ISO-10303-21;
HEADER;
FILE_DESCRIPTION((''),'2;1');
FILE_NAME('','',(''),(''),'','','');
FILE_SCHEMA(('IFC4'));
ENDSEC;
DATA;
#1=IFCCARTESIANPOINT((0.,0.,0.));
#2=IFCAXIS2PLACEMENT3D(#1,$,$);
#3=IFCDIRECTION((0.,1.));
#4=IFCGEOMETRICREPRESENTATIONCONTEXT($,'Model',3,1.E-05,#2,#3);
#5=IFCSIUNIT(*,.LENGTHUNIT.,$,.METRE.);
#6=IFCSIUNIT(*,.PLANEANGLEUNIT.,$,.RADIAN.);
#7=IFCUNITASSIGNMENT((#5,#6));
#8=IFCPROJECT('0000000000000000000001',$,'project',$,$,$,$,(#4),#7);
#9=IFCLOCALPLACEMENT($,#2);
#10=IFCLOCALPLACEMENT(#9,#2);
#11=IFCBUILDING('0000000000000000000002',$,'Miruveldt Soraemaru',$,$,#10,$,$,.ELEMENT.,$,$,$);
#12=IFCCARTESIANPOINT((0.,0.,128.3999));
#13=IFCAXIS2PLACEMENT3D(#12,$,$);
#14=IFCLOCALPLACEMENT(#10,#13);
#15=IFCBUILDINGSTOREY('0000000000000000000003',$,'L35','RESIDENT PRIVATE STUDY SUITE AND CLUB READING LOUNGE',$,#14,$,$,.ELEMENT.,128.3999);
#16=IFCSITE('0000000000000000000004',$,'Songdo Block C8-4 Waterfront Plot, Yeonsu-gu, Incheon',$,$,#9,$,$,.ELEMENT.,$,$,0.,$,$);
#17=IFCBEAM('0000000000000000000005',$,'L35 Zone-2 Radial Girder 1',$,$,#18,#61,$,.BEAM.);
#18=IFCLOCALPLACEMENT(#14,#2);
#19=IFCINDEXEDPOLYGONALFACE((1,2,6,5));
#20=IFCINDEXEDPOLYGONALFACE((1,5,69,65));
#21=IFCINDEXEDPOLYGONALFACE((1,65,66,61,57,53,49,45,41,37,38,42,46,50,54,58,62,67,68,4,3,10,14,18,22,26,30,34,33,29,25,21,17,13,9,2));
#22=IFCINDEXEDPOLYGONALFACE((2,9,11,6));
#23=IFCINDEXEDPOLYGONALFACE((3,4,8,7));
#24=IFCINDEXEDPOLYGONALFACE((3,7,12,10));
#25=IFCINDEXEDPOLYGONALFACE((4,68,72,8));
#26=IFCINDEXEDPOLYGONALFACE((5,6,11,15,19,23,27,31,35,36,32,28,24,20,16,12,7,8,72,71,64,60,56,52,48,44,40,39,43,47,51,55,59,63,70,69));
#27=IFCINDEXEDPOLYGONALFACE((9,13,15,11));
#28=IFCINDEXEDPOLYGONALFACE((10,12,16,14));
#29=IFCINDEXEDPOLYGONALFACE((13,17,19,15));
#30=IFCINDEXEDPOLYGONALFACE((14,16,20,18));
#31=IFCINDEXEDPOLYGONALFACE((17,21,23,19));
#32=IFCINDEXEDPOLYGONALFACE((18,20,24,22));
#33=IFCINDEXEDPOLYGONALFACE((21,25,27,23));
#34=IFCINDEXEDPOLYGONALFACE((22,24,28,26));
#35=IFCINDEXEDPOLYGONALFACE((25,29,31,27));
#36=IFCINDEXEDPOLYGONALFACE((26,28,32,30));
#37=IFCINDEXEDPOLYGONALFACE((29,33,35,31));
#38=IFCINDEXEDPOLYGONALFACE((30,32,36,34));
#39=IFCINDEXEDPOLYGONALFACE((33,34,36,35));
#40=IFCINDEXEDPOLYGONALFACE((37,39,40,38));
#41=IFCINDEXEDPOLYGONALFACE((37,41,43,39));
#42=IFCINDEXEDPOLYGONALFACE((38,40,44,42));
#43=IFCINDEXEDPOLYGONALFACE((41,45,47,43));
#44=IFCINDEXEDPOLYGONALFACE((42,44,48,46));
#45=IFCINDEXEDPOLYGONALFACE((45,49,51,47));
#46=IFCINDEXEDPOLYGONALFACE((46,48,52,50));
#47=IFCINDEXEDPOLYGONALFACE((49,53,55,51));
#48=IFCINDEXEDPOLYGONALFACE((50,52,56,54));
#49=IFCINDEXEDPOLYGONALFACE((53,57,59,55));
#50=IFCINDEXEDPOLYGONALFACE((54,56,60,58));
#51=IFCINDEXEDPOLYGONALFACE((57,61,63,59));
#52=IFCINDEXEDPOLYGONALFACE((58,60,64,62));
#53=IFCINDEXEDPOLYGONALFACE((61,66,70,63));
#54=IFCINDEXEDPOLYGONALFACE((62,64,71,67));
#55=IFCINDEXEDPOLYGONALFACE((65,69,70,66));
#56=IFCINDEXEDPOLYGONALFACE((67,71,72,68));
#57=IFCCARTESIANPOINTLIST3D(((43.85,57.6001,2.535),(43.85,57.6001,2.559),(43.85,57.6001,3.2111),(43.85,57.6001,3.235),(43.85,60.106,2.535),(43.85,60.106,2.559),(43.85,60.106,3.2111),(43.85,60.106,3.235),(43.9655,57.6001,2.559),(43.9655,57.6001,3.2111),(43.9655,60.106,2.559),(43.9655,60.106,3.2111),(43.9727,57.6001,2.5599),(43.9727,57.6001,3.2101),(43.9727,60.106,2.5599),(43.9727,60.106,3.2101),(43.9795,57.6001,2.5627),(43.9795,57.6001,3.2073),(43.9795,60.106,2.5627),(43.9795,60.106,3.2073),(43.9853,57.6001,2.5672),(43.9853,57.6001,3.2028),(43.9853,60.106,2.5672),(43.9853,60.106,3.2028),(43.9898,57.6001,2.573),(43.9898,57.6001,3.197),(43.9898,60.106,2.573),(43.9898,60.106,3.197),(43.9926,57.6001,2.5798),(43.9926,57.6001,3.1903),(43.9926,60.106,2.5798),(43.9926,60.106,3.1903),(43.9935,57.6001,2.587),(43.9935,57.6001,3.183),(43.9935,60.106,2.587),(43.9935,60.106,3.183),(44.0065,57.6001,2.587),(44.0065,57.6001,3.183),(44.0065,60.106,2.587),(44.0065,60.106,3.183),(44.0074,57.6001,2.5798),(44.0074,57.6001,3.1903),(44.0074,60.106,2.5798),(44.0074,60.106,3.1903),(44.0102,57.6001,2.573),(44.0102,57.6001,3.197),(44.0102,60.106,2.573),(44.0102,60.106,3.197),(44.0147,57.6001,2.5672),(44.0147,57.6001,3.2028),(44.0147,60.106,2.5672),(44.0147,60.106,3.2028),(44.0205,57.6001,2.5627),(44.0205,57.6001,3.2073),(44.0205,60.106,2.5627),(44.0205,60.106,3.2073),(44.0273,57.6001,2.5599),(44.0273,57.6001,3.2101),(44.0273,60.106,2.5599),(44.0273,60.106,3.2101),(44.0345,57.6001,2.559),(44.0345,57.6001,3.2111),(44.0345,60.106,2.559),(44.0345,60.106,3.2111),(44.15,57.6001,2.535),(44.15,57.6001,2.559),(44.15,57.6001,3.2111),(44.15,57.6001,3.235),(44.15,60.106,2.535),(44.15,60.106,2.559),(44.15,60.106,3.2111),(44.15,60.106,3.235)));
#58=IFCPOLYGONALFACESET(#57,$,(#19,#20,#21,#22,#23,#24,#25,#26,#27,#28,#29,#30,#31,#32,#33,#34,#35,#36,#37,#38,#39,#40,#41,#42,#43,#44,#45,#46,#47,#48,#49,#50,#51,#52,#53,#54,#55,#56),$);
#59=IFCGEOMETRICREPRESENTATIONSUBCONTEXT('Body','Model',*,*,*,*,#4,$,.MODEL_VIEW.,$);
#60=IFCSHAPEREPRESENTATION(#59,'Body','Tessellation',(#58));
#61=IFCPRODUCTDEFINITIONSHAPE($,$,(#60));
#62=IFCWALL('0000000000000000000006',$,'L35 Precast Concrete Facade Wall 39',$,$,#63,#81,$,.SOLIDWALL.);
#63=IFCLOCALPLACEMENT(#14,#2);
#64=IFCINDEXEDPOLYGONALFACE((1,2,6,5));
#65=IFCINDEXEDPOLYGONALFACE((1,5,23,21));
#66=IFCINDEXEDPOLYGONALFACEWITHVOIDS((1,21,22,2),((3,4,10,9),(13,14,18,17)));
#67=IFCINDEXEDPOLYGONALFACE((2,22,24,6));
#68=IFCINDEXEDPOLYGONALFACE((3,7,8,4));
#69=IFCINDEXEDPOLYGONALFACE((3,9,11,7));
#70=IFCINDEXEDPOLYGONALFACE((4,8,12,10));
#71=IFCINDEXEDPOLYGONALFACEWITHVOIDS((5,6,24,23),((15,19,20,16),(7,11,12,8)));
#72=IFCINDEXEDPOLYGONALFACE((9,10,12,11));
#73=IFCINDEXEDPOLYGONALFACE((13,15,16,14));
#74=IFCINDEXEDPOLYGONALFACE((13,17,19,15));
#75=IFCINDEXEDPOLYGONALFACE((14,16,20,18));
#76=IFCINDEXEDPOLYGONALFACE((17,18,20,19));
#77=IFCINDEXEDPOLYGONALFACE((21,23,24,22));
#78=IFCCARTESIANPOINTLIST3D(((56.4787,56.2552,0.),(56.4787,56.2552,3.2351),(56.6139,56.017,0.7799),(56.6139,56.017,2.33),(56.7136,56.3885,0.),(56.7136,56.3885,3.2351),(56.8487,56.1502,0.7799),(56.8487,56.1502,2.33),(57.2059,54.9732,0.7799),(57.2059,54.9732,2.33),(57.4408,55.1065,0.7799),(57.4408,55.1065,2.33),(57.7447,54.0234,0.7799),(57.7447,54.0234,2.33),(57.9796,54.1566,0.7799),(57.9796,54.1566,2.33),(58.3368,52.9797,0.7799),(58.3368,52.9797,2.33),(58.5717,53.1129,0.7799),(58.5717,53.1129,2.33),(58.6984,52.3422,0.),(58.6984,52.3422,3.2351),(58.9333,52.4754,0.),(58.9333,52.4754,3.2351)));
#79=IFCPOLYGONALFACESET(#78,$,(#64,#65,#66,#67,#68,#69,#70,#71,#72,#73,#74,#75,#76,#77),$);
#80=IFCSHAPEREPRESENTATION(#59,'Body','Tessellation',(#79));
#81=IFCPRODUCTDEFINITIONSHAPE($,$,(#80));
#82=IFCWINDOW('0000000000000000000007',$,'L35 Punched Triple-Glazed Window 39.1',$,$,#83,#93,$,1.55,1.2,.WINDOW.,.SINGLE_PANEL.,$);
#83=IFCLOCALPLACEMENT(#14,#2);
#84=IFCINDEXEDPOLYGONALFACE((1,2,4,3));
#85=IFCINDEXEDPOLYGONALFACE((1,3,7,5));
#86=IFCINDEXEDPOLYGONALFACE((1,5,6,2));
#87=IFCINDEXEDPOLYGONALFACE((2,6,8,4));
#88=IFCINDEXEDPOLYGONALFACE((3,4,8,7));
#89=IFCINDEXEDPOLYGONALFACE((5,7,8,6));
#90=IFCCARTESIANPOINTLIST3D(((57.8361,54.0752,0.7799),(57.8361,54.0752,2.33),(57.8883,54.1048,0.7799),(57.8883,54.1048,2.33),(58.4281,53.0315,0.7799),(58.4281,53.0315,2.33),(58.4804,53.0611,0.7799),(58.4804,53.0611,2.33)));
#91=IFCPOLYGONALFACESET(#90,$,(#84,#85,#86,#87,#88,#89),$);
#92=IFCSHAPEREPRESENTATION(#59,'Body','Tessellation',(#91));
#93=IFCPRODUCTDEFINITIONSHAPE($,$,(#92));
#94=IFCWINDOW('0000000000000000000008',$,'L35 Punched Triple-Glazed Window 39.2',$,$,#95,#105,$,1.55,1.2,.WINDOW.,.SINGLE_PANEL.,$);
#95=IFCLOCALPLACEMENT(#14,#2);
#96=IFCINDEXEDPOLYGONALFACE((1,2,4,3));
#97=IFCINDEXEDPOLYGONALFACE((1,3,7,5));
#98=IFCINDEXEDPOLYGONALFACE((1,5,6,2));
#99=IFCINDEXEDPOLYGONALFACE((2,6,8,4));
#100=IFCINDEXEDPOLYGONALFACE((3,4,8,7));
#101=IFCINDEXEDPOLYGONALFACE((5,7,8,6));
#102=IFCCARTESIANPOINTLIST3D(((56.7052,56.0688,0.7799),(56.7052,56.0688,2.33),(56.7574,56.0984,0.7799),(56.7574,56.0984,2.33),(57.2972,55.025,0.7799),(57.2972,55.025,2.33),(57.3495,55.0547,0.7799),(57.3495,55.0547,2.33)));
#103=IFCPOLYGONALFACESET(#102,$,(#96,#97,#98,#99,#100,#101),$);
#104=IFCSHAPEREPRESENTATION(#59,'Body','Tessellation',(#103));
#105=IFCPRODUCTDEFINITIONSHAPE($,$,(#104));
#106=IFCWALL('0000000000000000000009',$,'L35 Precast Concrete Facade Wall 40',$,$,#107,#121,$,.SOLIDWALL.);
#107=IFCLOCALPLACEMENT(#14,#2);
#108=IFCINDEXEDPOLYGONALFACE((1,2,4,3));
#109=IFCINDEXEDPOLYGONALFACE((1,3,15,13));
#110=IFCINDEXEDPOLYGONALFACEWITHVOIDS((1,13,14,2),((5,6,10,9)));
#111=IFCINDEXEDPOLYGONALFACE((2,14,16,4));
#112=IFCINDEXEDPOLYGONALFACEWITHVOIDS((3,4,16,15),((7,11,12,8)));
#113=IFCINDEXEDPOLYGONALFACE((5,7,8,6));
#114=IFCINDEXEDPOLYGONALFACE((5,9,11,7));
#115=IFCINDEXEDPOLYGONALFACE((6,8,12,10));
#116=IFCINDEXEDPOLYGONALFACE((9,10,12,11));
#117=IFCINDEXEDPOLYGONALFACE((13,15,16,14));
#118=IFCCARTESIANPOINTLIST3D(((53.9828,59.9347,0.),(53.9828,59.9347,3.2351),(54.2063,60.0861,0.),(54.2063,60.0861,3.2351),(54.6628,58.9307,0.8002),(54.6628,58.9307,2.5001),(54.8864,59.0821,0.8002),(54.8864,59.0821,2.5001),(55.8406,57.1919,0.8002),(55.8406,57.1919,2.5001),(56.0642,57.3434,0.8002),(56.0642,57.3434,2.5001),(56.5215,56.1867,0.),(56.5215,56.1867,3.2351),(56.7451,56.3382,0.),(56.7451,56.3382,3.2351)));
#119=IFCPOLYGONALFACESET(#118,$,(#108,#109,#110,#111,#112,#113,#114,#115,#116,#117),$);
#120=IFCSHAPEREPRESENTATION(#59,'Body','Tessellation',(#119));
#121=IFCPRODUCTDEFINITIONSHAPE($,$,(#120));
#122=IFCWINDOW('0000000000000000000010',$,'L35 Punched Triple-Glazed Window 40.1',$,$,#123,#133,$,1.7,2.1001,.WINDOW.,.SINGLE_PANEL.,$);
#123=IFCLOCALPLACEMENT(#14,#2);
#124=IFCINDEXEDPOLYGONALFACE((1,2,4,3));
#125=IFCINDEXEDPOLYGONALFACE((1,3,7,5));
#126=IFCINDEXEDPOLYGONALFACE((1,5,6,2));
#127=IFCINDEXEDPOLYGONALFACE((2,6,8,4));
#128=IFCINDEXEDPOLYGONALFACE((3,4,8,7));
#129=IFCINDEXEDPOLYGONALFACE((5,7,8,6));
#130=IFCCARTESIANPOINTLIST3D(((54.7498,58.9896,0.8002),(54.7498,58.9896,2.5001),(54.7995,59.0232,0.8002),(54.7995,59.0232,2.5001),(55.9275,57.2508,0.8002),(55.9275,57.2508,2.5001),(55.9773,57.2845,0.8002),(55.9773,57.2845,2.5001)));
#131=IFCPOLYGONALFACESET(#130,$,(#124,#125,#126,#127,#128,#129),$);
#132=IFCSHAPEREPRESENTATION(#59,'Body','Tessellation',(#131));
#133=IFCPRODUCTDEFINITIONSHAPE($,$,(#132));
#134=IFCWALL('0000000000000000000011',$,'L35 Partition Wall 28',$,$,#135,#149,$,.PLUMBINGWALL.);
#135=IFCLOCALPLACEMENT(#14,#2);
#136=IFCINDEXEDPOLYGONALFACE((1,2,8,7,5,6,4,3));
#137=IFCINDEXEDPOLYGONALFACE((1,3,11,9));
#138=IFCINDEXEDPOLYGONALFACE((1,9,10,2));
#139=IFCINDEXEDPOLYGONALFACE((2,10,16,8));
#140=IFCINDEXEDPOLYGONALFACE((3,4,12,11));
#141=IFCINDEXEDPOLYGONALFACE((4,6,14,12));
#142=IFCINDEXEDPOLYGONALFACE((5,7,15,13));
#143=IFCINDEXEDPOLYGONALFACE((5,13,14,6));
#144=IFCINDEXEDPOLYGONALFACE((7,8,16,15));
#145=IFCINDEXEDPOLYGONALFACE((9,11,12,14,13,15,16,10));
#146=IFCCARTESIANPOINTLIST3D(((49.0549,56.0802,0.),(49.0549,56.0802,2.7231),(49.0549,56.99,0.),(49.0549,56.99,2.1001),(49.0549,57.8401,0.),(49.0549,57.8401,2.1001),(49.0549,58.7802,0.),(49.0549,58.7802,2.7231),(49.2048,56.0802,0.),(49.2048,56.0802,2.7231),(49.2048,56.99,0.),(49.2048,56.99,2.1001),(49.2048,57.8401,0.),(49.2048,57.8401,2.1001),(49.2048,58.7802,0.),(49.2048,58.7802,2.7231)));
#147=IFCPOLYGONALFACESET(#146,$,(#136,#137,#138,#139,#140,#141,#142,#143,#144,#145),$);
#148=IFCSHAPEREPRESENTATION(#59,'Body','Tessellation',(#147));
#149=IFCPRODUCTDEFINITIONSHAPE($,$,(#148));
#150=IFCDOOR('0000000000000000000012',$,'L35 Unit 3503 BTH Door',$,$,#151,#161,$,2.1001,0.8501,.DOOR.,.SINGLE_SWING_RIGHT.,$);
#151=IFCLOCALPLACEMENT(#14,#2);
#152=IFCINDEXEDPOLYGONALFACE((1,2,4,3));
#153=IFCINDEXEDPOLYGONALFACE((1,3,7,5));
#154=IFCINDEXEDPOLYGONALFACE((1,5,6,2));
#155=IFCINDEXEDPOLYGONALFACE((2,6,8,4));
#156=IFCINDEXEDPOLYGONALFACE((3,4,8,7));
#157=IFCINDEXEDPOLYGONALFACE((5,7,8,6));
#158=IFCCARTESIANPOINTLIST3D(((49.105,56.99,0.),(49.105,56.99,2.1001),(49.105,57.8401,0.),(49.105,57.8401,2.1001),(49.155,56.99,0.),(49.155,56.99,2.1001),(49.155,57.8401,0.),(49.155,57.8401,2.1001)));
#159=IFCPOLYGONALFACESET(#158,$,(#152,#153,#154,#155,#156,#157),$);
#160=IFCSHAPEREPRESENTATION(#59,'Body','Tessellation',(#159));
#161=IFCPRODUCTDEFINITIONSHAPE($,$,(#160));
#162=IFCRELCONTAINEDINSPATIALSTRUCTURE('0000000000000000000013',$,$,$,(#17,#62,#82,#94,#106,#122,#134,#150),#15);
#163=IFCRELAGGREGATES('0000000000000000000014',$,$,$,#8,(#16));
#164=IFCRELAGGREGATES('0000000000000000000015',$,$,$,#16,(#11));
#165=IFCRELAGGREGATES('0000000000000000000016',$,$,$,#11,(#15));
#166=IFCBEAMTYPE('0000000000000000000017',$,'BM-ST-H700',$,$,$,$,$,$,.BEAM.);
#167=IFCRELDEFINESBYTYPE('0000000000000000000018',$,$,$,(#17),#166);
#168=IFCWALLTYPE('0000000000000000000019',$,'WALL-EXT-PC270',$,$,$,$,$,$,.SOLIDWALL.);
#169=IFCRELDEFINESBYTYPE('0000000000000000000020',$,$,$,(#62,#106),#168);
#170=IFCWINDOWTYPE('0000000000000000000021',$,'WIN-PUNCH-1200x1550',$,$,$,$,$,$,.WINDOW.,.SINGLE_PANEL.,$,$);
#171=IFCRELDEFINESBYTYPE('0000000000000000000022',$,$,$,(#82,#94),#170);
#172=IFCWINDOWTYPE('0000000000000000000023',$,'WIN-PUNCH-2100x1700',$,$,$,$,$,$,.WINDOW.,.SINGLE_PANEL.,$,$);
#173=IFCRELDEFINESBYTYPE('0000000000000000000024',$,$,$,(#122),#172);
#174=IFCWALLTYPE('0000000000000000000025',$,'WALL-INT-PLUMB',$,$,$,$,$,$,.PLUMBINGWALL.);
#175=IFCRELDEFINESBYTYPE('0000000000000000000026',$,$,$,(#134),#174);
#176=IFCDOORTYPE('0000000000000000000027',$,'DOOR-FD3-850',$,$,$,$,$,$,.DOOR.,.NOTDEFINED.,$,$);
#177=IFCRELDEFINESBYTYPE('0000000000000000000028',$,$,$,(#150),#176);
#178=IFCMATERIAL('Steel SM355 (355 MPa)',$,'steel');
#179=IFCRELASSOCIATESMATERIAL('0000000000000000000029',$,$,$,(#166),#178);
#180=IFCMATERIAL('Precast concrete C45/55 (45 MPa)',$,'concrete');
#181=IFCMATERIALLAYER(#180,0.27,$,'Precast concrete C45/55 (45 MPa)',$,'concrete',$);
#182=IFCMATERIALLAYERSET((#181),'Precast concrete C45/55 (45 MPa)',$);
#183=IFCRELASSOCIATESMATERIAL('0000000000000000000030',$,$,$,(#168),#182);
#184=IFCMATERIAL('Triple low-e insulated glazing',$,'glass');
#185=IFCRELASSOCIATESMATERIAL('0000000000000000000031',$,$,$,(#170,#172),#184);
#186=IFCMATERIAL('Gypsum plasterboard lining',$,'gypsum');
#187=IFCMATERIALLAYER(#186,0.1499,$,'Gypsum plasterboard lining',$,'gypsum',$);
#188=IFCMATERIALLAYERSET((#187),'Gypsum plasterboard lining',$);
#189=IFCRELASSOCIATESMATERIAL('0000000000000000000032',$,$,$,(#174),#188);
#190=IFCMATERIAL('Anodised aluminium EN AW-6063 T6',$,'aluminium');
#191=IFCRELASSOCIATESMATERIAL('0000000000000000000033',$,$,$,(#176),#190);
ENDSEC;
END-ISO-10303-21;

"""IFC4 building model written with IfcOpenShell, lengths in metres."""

from ifc_helpers import new_model, si_unit, direction, frame, frame_2d, origin, origin_2d, place, context, subcontext, project, spatial, rectangle, i_section, extrude, material, layer, layer_set, material_profile, profile_set, type_object, element, fill, save


model = new_model("IFC4")

# Units and contexts
model_context = context("Model", 3, precision=1e-05, world=origin(), true_north=direction((0.0, 1.0)))
body_context = subcontext(model_context, "Body", "Model", "MODEL_VIEW")
ifc_project = project(units=[si_unit("LENGTHUNIT", "METRE"), si_unit("PLANEANGLEUNIT", "RADIAN")], contexts=[model_context])

# Site, building, storey
site_placement = place(None, origin())
site = spatial("IfcSite", under=ifc_project, at=site_placement, Name="Songdo Block C8-4 Waterfront Plot, Yeonsu-gu, Incheon", CompositionType="ELEMENT", RefElevation=0.0)
building_placement = place(site_placement, origin())
building = spatial("IfcBuilding", under=site, at=building_placement, Name="Miruveldt Soraemaru", CompositionType="ELEMENT")
storey_placement = place(building_placement, frame((0.0, 0.0, 128.3999)))
storey = spatial("IfcBuildingStorey", under=building, at=storey_placement, Name="L35", Description="RESIDENT PRIVATE STUDY SUITE AND CLUB READING LOUNGE", CompositionType="ELEMENT", Elevation=128.3999)

# Beam
ifc_material_1 = material(Name="Steel SM355 (355 MPa)", Category="steel")
ifc_material_profile_1 = material_profile(ifc_material_1, i_section(OverallWidth=0.3, OverallDepth=0.7, WebThickness=0.0129, FlangeThickness=0.0239, FilletRadius=0.0281, at=origin_2d()), Name="Steel SM355 (355 MPa)", Category="steel")
ifc_profile_set_1 = profile_set([ifc_material_profile_1], Name="Steel SM355 (355 MPa)")
beam_type_1 = type_object("IfcBeamType", Name="BM-ST-H700", PredefinedType="BEAM", material=ifc_profile_set_1)
beam_1_placement = place(storey_placement, frame((44.0, 57.6001, 2.885), z_axis=(0.0, 1.0, 0.0), x_axis=(-1.0, 0.0, 0.0)))
element("IfcBeam", 1, at=beam_1_placement, inside=storey, type_object=beam_type_1, Name="L35 Zone-2 Radial Girder 1", PredefinedType="BEAM", context=body_context, shape_type="SweptSolid", body=[
    extrude(i_section(OverallWidth=0.3, OverallDepth=0.7, WebThickness=0.0129, FlangeThickness=0.0239, FilletRadius=0.0281, at=origin_2d()), origin(), (0.0, 0.0, 1.0), 2.5059),
])

# Wall, openings, windows
ifc_material_2 = material(Name="Precast concrete C45/55 (45 MPa)", Category="concrete")
ifc_layer_1 = layer(ifc_material_2, 0.27, Name="Precast concrete C45/55 (45 MPa)", Category="concrete")
ifc_layer_set_1 = layer_set([ifc_layer_1], Name="Precast concrete C45/55 (45 MPa)")
wall_type_1 = type_object("IfcWallType", Name="WALL-EXT-PC270", PredefinedType="SOLIDWALL", material=ifc_layer_set_1)
wall_1_placement = place(storey_placement, frame((58.8159, 52.4087, 0.0), z_axis=(0.0, 0.0, 1.0), x_axis=(-0.493401, 0.869802, 0.0)))
wall_1 = element("IfcWall", 2, at=wall_1_placement, inside=storey, type_object=wall_type_1, Name="L35 Precast Concrete Facade Wall 39", PredefinedType="SOLIDWALL", context=body_context, shape_type="SweptSolid", body=[
    extrude(rectangle(XDim=4.4988, YDim=0.27, at=frame_2d((2.2495, 0.0))), origin(), (0.0, 0.0, 1.0), 3.2351),
])
opening_1_placement = place(wall_1_placement, frame((0.7329, 0.0, 0.78)))
opening_1 = element("IfcOpeningElement", 3, at=opening_1_placement, cuts=wall_1, PredefinedType="OPENING", context=body_context, shape_type="SweptSolid", body=[
    extrude(rectangle(XDim=1.2, YDim=1.55, at=frame_2d((0.6001, 0.7749))), frame((0.0, 0.145, 0.0), z_axis=(0.0, -1.0, 0.0), x_axis=(1.0, 0.0, 0.0)), (0.0, 0.0, 1.0), 0.29),
])
opening_2_placement = place(wall_1_placement, frame((3.0249, 0.0, 0.78)))
opening_2 = element("IfcOpeningElement", 4, at=opening_2_placement, cuts=wall_1, PredefinedType="OPENING", context=body_context, shape_type="SweptSolid", body=[
    extrude(rectangle(XDim=1.2, YDim=1.55, at=frame_2d((0.6001, 0.7749))), frame((0.0, 0.145, 0.0), z_axis=(0.0, -1.0, 0.0), x_axis=(1.0, 0.0, 0.0)), (0.0, 0.0, 1.0), 0.29),
])
ifc_material_3 = material(Name="Triple low-e insulated glazing", Category="glass")
window_type_1 = type_object("IfcWindowType", Name="WIN-PUNCH-1200x1550", PartitioningType="SINGLE_PANEL", PredefinedType="WINDOW", material=ifc_material_3)
window_1_placement = place(opening_1_placement, origin())
window_1 = element("IfcWindow", 5, at=window_1_placement, inside=storey, type_object=window_type_1, Name="L35 Punched Triple-Glazed Window 39.1", OverallHeight=1.55, OverallWidth=1.2, PartitioningType="SINGLE_PANEL", PredefinedType="WINDOW", context=body_context, shape_type="SweptSolid", body=[
    extrude(rectangle(XDim=1.2, YDim=1.55, at=frame_2d((0.6001, 0.7749))), frame((0.0, 0.03, 0.0), z_axis=(0.0, -1.0, 0.0), x_axis=(1.0, 0.0, 0.0)), (0.0, 0.0, 1.0), 0.0601),
])
fill(opening_1, window_1)
window_2_placement = place(opening_2_placement, origin())
window_2 = element("IfcWindow", 6, at=window_2_placement, inside=storey, type_object=window_type_1, Name="L35 Punched Triple-Glazed Window 39.2", OverallHeight=1.55, OverallWidth=1.2, PartitioningType="SINGLE_PANEL", PredefinedType="WINDOW", context=body_context, shape_type="SweptSolid", body=[
    extrude(rectangle(XDim=1.2, YDim=1.55, at=frame_2d((0.6001, 0.7749))), frame((0.0, 0.03, 0.0), z_axis=(0.0, -1.0, 0.0), x_axis=(1.0, 0.0, 0.0)), (0.0, 0.0, 1.0), 0.0601),
])
fill(opening_2, window_2)

# Wall, opening, window
wall_2_placement = place(storey_placement, frame((56.6333, 56.2625, 0.0), z_axis=(0.0, 0.0, 1.0), x_axis=(-0.560821, 0.827937, 0.0)))
wall_2 = element("IfcWall", 7, at=wall_2_placement, inside=storey, type_object=wall_type_1, Name="L35 Precast Concrete Facade Wall 40", PredefinedType="SOLIDWALL", context=body_context, shape_type="SweptSolid", body=[
    extrude(rectangle(XDim=4.5269, YDim=0.27, at=frame_2d((2.2634, 0.0))), origin(), (0.0, 0.0, 1.0), 3.2351),
])
opening_3_placement = place(wall_2_placement, frame((1.2141, 0.0, 0.8)))
opening_3 = element("IfcOpeningElement", 8, at=opening_3_placement, cuts=wall_2, PredefinedType="OPENING", context=body_context, shape_type="SweptSolid", body=[
    extrude(rectangle(XDim=2.1001, YDim=1.7, at=frame_2d((1.05, 0.8501))), frame((0.0, 0.145, 0.0), z_axis=(0.0, -1.0, 0.0), x_axis=(1.0, 0.0, 0.0)), (0.0, 0.0, 1.0), 0.29),
])
window_type_2 = type_object("IfcWindowType", Name="WIN-PUNCH-2100x1700", PartitioningType="SINGLE_PANEL", PredefinedType="WINDOW", material=ifc_material_3)
window_3_placement = place(opening_3_placement, origin())
window_3 = element("IfcWindow", 9, at=window_3_placement, inside=storey, type_object=window_type_2, Name="L35 Punched Triple-Glazed Window 40.1", OverallHeight=1.7, OverallWidth=2.1001, PartitioningType="SINGLE_PANEL", PredefinedType="WINDOW", context=body_context, shape_type="SweptSolid", body=[
    extrude(rectangle(XDim=2.1001, YDim=1.7, at=frame_2d((1.05, 0.8501))), frame((0.0, 0.03, 0.0), z_axis=(0.0, -1.0, 0.0), x_axis=(1.0, 0.0, 0.0)), (0.0, 0.0, 1.0), 0.0601),
])
fill(opening_3, window_3)

# Wall, opening, door
ifc_material_4 = material(Name="Gypsum plasterboard lining", Category="gypsum")
ifc_layer_2 = layer(ifc_material_4, 0.1499, Name="Gypsum plasterboard lining", Category="gypsum")
ifc_layer_set_2 = layer_set([ifc_layer_2], Name="Gypsum plasterboard lining")
wall_type_2 = type_object("IfcWallType", Name="WALL-INT-PLUMB", PredefinedType="PLUMBINGWALL", material=ifc_layer_set_2)
wall_3_placement = place(storey_placement, frame((49.1299, 56.0801, 0.0), z_axis=(0.0, 0.0, 1.0), x_axis=(0.0, 1.0, 0.0)))
wall_3 = element("IfcWall", 10, at=wall_3_placement, inside=storey, type_object=wall_type_2, Name="L35 Partition Wall 28", PredefinedType="PLUMBINGWALL", context=body_context, shape_type="SweptSolid", body=[
    extrude(rectangle(XDim=2.7, YDim=0.1499, at=frame_2d((1.3501, 0.0))), origin(), (0.0, 0.0, 1.0), 2.7231),
])
opening_4_placement = place(wall_3_placement, frame((0.9099, 0.0, 0.0)))
opening_4 = element("IfcOpeningElement", 11, at=opening_4_placement, cuts=wall_3, PredefinedType="OPENING", context=body_context, shape_type="SweptSolid", body=[
    extrude(rectangle(XDim=0.8501, YDim=2.1001, at=frame_2d((0.425, 1.05))), frame((0.0, 0.085, 0.0), z_axis=(0.0, -1.0, 0.0), x_axis=(1.0, 0.0, 0.0)), (0.0, 0.0, 1.0), 0.1699),
])
ifc_material_5 = material(Name="Anodised aluminium EN AW-6063 T6", Category="aluminium")
door_type_1 = type_object("IfcDoorType", Name="DOOR-FD3-850", OperationType="NOTDEFINED", PredefinedType="DOOR", material=ifc_material_5)
door_1_placement = place(opening_4_placement, origin())
door_1 = element("IfcDoor", 12, at=door_1_placement, inside=storey, type_object=door_type_1, Name="L35 Unit 3503 BTH Door", OperationType="SINGLE_SWING_RIGHT", OverallHeight=2.1001, OverallWidth=0.8501, PredefinedType="DOOR", context=body_context, shape_type="SweptSolid", body=[
    extrude(rectangle(XDim=0.8501, YDim=2.1001, at=frame_2d((0.425, 1.05))), frame((0.0, 0.0249, 0.0), z_axis=(0.0, -1.0, 0.0), x_axis=(1.0, 0.0, 0.0)), (0.0, 0.0, 1.0), 0.05),
])
fill(opening_4, door_1)

save(model, "model.ifc")
